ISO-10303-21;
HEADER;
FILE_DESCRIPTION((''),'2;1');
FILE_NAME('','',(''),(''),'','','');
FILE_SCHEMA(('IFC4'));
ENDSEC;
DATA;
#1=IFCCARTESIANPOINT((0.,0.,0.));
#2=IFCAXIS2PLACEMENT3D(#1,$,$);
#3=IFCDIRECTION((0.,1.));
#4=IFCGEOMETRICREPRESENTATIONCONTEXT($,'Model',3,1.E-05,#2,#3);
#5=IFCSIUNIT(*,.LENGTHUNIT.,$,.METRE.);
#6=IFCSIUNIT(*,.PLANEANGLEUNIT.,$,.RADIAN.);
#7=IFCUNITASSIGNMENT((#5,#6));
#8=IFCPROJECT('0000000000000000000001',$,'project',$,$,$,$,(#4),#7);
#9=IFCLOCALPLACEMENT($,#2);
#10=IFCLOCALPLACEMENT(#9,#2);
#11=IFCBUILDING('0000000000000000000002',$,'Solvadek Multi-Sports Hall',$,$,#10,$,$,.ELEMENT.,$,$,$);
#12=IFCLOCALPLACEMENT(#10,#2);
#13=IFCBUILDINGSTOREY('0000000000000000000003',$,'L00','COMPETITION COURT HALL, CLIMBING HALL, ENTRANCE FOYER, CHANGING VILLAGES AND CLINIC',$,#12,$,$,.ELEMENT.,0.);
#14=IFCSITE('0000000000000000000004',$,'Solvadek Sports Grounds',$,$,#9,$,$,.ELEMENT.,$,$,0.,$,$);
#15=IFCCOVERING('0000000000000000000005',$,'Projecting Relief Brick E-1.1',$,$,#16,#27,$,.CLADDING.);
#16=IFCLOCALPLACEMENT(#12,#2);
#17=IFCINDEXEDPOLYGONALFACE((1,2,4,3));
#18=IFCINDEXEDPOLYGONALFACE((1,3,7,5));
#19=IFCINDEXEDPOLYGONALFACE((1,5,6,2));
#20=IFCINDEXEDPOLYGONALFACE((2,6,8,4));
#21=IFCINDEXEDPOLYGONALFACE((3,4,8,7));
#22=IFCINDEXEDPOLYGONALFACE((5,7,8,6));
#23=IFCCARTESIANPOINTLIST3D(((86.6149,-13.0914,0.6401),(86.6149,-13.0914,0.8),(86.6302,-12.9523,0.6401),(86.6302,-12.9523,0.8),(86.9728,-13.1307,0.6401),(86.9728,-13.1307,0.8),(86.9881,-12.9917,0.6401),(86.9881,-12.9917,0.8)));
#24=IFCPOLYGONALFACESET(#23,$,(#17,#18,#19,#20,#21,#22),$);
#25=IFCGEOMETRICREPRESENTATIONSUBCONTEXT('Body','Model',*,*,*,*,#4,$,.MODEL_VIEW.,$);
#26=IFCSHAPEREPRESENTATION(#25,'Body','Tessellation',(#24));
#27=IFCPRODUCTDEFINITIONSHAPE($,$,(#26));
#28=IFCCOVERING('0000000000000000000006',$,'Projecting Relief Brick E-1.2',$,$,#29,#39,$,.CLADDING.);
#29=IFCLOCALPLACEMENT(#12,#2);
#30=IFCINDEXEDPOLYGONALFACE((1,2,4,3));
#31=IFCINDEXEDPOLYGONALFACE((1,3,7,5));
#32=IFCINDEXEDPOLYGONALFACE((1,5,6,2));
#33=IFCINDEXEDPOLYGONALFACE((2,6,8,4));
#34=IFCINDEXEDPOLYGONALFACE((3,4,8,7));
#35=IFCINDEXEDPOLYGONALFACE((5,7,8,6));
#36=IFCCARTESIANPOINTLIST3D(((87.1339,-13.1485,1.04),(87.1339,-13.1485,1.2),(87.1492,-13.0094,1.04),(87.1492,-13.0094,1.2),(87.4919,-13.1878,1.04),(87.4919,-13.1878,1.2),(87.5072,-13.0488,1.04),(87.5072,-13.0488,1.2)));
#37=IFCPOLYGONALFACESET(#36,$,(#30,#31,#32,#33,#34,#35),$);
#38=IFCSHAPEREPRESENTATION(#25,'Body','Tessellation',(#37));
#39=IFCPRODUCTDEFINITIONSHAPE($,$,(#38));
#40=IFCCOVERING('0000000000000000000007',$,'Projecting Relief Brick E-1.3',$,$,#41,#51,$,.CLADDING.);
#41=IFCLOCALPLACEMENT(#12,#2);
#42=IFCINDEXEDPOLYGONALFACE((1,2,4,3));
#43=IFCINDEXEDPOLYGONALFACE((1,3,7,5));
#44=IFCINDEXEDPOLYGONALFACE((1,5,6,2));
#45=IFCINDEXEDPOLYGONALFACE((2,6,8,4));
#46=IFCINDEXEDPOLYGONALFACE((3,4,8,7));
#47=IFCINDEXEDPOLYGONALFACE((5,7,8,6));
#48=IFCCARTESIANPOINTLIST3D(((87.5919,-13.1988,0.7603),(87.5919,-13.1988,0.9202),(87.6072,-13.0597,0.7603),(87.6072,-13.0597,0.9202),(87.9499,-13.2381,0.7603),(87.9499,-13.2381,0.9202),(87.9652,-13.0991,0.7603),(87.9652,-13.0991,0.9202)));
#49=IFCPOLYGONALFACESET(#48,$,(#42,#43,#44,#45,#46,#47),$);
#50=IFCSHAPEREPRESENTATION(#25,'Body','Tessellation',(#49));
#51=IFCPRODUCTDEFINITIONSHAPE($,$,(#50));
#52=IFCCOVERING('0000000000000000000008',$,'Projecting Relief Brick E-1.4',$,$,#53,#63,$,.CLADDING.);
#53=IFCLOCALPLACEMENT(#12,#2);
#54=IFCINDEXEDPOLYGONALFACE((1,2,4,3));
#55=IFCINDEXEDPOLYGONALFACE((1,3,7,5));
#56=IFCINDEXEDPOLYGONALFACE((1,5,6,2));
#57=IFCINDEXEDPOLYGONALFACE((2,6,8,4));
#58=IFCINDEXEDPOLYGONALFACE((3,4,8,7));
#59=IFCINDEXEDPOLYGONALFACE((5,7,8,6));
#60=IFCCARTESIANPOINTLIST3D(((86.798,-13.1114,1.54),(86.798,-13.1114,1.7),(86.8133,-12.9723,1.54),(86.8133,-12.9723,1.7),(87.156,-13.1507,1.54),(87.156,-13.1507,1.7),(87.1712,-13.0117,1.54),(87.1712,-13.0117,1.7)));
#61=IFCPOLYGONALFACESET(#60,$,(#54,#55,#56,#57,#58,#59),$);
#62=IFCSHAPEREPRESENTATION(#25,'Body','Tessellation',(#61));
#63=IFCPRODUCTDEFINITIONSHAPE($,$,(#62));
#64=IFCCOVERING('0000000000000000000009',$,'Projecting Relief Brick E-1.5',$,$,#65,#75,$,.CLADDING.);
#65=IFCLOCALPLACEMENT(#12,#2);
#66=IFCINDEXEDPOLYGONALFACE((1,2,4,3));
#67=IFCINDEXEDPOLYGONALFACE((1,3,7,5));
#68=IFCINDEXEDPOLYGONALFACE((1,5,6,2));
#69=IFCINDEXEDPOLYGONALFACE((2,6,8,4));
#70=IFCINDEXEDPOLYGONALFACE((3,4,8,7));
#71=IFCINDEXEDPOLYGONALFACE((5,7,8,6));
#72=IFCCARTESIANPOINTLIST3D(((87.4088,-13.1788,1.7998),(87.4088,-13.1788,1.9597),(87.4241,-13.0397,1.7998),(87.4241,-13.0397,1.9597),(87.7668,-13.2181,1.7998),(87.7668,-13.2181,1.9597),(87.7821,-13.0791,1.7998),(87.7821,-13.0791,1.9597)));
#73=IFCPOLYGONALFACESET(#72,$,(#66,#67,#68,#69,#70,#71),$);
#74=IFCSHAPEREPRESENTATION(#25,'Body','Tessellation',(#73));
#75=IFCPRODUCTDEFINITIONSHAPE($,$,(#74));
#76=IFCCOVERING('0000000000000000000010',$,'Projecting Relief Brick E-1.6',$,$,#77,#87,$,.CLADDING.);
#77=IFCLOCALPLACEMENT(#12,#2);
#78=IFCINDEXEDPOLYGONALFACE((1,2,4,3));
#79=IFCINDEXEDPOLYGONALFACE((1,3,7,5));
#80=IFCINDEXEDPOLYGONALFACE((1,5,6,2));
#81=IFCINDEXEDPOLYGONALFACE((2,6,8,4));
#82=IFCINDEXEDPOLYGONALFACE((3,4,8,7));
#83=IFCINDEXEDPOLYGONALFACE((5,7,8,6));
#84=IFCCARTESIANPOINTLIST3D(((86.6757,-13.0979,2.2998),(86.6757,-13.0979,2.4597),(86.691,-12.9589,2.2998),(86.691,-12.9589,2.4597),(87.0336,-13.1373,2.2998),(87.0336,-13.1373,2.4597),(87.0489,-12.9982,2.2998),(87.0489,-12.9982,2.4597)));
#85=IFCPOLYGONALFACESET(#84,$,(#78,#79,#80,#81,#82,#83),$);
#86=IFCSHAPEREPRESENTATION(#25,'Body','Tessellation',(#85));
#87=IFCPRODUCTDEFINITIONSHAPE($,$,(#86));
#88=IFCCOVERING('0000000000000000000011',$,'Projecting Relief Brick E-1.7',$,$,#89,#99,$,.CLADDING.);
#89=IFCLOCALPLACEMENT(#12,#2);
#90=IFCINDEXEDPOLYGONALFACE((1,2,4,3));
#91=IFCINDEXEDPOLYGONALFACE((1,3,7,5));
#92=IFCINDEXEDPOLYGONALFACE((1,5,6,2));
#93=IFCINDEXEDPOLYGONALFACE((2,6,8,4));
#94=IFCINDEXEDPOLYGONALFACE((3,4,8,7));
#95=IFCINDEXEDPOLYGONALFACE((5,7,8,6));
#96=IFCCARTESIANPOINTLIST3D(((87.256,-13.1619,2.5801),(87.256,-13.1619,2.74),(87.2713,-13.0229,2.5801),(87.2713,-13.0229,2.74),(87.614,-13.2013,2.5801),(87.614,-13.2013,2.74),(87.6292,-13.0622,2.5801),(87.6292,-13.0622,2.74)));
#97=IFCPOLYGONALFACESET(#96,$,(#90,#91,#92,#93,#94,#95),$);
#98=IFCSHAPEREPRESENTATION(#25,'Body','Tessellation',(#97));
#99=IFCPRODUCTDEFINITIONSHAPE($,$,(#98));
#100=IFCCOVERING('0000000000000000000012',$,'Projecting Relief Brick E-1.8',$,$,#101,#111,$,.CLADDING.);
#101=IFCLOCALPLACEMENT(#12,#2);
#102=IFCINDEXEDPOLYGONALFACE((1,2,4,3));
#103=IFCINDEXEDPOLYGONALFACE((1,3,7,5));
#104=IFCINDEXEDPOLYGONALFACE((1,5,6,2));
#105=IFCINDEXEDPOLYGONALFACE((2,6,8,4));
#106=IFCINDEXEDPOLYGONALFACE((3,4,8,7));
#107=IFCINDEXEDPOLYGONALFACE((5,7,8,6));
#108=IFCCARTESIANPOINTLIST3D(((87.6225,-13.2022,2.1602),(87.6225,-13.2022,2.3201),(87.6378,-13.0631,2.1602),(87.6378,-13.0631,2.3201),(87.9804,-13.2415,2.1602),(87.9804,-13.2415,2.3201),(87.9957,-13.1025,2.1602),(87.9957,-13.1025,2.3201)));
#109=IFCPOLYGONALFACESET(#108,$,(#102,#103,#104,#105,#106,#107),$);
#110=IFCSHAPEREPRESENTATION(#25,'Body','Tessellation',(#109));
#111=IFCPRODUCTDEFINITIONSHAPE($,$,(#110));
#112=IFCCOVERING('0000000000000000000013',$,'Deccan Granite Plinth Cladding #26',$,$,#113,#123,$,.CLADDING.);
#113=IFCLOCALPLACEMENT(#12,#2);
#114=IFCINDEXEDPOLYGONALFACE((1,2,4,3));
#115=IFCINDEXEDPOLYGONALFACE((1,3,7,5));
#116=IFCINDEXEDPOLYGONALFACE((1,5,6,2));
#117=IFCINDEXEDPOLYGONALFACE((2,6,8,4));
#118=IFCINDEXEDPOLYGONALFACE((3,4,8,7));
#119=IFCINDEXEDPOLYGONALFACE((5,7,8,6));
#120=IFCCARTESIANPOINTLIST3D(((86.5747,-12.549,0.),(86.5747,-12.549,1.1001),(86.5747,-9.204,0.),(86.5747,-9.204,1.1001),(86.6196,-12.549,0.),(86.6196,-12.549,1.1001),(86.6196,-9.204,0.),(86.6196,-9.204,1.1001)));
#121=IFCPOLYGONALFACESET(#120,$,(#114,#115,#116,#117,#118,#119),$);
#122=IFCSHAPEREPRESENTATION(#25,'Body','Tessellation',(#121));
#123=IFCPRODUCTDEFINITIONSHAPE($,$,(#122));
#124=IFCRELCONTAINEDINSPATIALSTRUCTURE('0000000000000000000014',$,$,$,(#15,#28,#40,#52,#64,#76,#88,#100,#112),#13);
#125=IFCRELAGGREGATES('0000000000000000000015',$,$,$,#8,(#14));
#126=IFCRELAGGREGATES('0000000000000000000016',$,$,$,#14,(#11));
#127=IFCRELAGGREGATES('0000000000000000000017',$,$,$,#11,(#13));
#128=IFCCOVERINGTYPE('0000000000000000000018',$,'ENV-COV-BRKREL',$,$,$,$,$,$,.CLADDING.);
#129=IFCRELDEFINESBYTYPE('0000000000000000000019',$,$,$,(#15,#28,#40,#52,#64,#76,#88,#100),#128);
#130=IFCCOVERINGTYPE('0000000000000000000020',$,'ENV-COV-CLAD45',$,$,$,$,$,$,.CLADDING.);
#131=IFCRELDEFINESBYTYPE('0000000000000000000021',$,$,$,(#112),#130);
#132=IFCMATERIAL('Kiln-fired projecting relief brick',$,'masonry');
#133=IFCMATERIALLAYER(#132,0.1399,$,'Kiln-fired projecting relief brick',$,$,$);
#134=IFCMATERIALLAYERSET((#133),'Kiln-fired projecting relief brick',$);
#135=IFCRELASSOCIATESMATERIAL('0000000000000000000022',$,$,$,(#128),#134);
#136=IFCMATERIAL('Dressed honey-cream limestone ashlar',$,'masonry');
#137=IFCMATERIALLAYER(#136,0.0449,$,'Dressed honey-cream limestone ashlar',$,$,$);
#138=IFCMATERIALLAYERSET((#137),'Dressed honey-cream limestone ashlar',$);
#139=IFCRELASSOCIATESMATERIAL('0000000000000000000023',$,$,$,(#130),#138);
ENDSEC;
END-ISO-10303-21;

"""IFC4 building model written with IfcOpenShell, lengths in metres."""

from ifc_helpers import new_model, si_unit, direction, frame, origin, origin_2d, place, context, subcontext, project, spatial, rectangle, extrude, material, layer, layer_set, type_object, element, save


model = new_model("IFC4")

# Units and contexts
model_context = context("Model", 3, precision=1e-05, world=origin(), true_north=direction((0.0, 1.0)))
body_context = subcontext(model_context, "Body", "Model", "MODEL_VIEW")
ifc_project = project(units=[si_unit("LENGTHUNIT", "METRE"), si_unit("PLANEANGLEUNIT", "RADIAN")], contexts=[model_context])

# Site, building, storey
site_placement = place(None, origin())
site = spatial("IfcSite", under=ifc_project, at=site_placement, Name="Solvadek Sports Grounds", CompositionType="ELEMENT", RefElevation=0.0)
building_placement = place(site_placement, origin())
building = spatial("IfcBuilding", under=site, at=building_placement, Name="Solvadek Multi-Sports Hall", CompositionType="ELEMENT")
storey_placement = place(building_placement, origin())
storey = spatial("IfcBuildingStorey", under=building, at=storey_placement, Name="L00", Description="COMPETITION COURT HALL, CLIMBING HALL, ENTRANCE FOYER, CHANGING VILLAGES AND CLINIC", CompositionType="ELEMENT", Elevation=0.0)

# Coverings
ifc_material_1 = material(Name="Kiln-fired projecting relief brick", Category="masonry")
ifc_layer_1 = layer(ifc_material_1, 0.1399, Name="Kiln-fired projecting relief brick")
ifc_layer_set_1 = layer_set([ifc_layer_1], Name="Kiln-fired projecting relief brick")
covering_type_1 = type_object("IfcCoveringType", Name="ENV-COV-BRKREL", PredefinedType="CLADDING", material=ifc_layer_set_1)
for number, where, z_axis, x_axis, name in (
    (1, (86.8015, -13.0415, 0.6401), (0.0, 0.0, 1.0), (0.994011, -0.109282, 0.0), "Projecting Relief Brick E-1.1"),
    (2, (87.3206, -13.0986, 1.04), (0.0, 0.0, 1.0), (0.994011, -0.109282, 0.0), "Projecting Relief Brick E-1.2"),
    (3, (87.7786, -13.1489, 0.7603), (0.0, 0.0, 1.0), (0.994011, -0.109282, 0.0), "Projecting Relief Brick E-1.3"),
    (4, (86.9846, -13.0615, 1.54), (0.0, 0.0, 1.0), (0.994011, -0.109282, 0.0), "Projecting Relief Brick E-1.4"),
    (5, (87.5955, -13.1289, 1.7998), (0.0, 0.0, 1.0), (0.994011, -0.109282, 0.0), "Projecting Relief Brick E-1.5"),
    (6, (86.8623, -13.0481, 2.2998), (0.0, 0.0, 1.0), (0.994011, -0.109282, 0.0), "Projecting Relief Brick E-1.6"),
    (7, (87.4426, -13.1121, 2.5801), (0.0, 0.0, 1.0), (0.994011, -0.109282, 0.0), "Projecting Relief Brick E-1.7"),
    (8, (87.8091, -13.1523, 2.1602), (0.0, 0.0, 1.0), (0.994011, -0.109282, 0.0), "Projecting Relief Brick E-1.8"),
):
    element("IfcCovering", number, at=place(storey_placement, frame(where, z_axis=z_axis, x_axis=x_axis)), inside=storey, type_object=covering_type_1, Name=name, PredefinedType="CLADDING", context=body_context, shape_type="SweptSolid", body=[
        extrude(rectangle(XDim=0.3601, YDim=0.1399, at=origin_2d()), origin(), (0.0, 0.0, 1.0), 0.1599),
    ])
ifc_material_2 = material(Name="Dressed honey-cream limestone ashlar", Category="masonry")
ifc_layer_2 = layer(ifc_material_2, 0.0449, Name="Dressed honey-cream limestone ashlar")
ifc_layer_set_2 = layer_set([ifc_layer_2], Name="Dressed honey-cream limestone ashlar")
covering_type_2 = type_object("IfcCoveringType", Name="ENV-COV-CLAD45", PredefinedType="CLADDING", material=ifc_layer_set_2)
covering_placement = place(storey_placement, frame((86.5972, -10.8765, 0.0), z_axis=(0.0, 0.0, 1.0), x_axis=(0.0, 1.0, 0.0)))
element("IfcCovering", 9, at=covering_placement, inside=storey, type_object=covering_type_2, Name="Deccan Granite Plinth Cladding #26", PredefinedType="CLADDING", context=body_context, shape_type="SweptSolid", body=[
    extrude(rectangle(XDim=3.345, YDim=0.0449, at=origin_2d()), origin(), (0.0, 0.0, 1.0), 1.1001),
])

save(model, "model.ifc")
